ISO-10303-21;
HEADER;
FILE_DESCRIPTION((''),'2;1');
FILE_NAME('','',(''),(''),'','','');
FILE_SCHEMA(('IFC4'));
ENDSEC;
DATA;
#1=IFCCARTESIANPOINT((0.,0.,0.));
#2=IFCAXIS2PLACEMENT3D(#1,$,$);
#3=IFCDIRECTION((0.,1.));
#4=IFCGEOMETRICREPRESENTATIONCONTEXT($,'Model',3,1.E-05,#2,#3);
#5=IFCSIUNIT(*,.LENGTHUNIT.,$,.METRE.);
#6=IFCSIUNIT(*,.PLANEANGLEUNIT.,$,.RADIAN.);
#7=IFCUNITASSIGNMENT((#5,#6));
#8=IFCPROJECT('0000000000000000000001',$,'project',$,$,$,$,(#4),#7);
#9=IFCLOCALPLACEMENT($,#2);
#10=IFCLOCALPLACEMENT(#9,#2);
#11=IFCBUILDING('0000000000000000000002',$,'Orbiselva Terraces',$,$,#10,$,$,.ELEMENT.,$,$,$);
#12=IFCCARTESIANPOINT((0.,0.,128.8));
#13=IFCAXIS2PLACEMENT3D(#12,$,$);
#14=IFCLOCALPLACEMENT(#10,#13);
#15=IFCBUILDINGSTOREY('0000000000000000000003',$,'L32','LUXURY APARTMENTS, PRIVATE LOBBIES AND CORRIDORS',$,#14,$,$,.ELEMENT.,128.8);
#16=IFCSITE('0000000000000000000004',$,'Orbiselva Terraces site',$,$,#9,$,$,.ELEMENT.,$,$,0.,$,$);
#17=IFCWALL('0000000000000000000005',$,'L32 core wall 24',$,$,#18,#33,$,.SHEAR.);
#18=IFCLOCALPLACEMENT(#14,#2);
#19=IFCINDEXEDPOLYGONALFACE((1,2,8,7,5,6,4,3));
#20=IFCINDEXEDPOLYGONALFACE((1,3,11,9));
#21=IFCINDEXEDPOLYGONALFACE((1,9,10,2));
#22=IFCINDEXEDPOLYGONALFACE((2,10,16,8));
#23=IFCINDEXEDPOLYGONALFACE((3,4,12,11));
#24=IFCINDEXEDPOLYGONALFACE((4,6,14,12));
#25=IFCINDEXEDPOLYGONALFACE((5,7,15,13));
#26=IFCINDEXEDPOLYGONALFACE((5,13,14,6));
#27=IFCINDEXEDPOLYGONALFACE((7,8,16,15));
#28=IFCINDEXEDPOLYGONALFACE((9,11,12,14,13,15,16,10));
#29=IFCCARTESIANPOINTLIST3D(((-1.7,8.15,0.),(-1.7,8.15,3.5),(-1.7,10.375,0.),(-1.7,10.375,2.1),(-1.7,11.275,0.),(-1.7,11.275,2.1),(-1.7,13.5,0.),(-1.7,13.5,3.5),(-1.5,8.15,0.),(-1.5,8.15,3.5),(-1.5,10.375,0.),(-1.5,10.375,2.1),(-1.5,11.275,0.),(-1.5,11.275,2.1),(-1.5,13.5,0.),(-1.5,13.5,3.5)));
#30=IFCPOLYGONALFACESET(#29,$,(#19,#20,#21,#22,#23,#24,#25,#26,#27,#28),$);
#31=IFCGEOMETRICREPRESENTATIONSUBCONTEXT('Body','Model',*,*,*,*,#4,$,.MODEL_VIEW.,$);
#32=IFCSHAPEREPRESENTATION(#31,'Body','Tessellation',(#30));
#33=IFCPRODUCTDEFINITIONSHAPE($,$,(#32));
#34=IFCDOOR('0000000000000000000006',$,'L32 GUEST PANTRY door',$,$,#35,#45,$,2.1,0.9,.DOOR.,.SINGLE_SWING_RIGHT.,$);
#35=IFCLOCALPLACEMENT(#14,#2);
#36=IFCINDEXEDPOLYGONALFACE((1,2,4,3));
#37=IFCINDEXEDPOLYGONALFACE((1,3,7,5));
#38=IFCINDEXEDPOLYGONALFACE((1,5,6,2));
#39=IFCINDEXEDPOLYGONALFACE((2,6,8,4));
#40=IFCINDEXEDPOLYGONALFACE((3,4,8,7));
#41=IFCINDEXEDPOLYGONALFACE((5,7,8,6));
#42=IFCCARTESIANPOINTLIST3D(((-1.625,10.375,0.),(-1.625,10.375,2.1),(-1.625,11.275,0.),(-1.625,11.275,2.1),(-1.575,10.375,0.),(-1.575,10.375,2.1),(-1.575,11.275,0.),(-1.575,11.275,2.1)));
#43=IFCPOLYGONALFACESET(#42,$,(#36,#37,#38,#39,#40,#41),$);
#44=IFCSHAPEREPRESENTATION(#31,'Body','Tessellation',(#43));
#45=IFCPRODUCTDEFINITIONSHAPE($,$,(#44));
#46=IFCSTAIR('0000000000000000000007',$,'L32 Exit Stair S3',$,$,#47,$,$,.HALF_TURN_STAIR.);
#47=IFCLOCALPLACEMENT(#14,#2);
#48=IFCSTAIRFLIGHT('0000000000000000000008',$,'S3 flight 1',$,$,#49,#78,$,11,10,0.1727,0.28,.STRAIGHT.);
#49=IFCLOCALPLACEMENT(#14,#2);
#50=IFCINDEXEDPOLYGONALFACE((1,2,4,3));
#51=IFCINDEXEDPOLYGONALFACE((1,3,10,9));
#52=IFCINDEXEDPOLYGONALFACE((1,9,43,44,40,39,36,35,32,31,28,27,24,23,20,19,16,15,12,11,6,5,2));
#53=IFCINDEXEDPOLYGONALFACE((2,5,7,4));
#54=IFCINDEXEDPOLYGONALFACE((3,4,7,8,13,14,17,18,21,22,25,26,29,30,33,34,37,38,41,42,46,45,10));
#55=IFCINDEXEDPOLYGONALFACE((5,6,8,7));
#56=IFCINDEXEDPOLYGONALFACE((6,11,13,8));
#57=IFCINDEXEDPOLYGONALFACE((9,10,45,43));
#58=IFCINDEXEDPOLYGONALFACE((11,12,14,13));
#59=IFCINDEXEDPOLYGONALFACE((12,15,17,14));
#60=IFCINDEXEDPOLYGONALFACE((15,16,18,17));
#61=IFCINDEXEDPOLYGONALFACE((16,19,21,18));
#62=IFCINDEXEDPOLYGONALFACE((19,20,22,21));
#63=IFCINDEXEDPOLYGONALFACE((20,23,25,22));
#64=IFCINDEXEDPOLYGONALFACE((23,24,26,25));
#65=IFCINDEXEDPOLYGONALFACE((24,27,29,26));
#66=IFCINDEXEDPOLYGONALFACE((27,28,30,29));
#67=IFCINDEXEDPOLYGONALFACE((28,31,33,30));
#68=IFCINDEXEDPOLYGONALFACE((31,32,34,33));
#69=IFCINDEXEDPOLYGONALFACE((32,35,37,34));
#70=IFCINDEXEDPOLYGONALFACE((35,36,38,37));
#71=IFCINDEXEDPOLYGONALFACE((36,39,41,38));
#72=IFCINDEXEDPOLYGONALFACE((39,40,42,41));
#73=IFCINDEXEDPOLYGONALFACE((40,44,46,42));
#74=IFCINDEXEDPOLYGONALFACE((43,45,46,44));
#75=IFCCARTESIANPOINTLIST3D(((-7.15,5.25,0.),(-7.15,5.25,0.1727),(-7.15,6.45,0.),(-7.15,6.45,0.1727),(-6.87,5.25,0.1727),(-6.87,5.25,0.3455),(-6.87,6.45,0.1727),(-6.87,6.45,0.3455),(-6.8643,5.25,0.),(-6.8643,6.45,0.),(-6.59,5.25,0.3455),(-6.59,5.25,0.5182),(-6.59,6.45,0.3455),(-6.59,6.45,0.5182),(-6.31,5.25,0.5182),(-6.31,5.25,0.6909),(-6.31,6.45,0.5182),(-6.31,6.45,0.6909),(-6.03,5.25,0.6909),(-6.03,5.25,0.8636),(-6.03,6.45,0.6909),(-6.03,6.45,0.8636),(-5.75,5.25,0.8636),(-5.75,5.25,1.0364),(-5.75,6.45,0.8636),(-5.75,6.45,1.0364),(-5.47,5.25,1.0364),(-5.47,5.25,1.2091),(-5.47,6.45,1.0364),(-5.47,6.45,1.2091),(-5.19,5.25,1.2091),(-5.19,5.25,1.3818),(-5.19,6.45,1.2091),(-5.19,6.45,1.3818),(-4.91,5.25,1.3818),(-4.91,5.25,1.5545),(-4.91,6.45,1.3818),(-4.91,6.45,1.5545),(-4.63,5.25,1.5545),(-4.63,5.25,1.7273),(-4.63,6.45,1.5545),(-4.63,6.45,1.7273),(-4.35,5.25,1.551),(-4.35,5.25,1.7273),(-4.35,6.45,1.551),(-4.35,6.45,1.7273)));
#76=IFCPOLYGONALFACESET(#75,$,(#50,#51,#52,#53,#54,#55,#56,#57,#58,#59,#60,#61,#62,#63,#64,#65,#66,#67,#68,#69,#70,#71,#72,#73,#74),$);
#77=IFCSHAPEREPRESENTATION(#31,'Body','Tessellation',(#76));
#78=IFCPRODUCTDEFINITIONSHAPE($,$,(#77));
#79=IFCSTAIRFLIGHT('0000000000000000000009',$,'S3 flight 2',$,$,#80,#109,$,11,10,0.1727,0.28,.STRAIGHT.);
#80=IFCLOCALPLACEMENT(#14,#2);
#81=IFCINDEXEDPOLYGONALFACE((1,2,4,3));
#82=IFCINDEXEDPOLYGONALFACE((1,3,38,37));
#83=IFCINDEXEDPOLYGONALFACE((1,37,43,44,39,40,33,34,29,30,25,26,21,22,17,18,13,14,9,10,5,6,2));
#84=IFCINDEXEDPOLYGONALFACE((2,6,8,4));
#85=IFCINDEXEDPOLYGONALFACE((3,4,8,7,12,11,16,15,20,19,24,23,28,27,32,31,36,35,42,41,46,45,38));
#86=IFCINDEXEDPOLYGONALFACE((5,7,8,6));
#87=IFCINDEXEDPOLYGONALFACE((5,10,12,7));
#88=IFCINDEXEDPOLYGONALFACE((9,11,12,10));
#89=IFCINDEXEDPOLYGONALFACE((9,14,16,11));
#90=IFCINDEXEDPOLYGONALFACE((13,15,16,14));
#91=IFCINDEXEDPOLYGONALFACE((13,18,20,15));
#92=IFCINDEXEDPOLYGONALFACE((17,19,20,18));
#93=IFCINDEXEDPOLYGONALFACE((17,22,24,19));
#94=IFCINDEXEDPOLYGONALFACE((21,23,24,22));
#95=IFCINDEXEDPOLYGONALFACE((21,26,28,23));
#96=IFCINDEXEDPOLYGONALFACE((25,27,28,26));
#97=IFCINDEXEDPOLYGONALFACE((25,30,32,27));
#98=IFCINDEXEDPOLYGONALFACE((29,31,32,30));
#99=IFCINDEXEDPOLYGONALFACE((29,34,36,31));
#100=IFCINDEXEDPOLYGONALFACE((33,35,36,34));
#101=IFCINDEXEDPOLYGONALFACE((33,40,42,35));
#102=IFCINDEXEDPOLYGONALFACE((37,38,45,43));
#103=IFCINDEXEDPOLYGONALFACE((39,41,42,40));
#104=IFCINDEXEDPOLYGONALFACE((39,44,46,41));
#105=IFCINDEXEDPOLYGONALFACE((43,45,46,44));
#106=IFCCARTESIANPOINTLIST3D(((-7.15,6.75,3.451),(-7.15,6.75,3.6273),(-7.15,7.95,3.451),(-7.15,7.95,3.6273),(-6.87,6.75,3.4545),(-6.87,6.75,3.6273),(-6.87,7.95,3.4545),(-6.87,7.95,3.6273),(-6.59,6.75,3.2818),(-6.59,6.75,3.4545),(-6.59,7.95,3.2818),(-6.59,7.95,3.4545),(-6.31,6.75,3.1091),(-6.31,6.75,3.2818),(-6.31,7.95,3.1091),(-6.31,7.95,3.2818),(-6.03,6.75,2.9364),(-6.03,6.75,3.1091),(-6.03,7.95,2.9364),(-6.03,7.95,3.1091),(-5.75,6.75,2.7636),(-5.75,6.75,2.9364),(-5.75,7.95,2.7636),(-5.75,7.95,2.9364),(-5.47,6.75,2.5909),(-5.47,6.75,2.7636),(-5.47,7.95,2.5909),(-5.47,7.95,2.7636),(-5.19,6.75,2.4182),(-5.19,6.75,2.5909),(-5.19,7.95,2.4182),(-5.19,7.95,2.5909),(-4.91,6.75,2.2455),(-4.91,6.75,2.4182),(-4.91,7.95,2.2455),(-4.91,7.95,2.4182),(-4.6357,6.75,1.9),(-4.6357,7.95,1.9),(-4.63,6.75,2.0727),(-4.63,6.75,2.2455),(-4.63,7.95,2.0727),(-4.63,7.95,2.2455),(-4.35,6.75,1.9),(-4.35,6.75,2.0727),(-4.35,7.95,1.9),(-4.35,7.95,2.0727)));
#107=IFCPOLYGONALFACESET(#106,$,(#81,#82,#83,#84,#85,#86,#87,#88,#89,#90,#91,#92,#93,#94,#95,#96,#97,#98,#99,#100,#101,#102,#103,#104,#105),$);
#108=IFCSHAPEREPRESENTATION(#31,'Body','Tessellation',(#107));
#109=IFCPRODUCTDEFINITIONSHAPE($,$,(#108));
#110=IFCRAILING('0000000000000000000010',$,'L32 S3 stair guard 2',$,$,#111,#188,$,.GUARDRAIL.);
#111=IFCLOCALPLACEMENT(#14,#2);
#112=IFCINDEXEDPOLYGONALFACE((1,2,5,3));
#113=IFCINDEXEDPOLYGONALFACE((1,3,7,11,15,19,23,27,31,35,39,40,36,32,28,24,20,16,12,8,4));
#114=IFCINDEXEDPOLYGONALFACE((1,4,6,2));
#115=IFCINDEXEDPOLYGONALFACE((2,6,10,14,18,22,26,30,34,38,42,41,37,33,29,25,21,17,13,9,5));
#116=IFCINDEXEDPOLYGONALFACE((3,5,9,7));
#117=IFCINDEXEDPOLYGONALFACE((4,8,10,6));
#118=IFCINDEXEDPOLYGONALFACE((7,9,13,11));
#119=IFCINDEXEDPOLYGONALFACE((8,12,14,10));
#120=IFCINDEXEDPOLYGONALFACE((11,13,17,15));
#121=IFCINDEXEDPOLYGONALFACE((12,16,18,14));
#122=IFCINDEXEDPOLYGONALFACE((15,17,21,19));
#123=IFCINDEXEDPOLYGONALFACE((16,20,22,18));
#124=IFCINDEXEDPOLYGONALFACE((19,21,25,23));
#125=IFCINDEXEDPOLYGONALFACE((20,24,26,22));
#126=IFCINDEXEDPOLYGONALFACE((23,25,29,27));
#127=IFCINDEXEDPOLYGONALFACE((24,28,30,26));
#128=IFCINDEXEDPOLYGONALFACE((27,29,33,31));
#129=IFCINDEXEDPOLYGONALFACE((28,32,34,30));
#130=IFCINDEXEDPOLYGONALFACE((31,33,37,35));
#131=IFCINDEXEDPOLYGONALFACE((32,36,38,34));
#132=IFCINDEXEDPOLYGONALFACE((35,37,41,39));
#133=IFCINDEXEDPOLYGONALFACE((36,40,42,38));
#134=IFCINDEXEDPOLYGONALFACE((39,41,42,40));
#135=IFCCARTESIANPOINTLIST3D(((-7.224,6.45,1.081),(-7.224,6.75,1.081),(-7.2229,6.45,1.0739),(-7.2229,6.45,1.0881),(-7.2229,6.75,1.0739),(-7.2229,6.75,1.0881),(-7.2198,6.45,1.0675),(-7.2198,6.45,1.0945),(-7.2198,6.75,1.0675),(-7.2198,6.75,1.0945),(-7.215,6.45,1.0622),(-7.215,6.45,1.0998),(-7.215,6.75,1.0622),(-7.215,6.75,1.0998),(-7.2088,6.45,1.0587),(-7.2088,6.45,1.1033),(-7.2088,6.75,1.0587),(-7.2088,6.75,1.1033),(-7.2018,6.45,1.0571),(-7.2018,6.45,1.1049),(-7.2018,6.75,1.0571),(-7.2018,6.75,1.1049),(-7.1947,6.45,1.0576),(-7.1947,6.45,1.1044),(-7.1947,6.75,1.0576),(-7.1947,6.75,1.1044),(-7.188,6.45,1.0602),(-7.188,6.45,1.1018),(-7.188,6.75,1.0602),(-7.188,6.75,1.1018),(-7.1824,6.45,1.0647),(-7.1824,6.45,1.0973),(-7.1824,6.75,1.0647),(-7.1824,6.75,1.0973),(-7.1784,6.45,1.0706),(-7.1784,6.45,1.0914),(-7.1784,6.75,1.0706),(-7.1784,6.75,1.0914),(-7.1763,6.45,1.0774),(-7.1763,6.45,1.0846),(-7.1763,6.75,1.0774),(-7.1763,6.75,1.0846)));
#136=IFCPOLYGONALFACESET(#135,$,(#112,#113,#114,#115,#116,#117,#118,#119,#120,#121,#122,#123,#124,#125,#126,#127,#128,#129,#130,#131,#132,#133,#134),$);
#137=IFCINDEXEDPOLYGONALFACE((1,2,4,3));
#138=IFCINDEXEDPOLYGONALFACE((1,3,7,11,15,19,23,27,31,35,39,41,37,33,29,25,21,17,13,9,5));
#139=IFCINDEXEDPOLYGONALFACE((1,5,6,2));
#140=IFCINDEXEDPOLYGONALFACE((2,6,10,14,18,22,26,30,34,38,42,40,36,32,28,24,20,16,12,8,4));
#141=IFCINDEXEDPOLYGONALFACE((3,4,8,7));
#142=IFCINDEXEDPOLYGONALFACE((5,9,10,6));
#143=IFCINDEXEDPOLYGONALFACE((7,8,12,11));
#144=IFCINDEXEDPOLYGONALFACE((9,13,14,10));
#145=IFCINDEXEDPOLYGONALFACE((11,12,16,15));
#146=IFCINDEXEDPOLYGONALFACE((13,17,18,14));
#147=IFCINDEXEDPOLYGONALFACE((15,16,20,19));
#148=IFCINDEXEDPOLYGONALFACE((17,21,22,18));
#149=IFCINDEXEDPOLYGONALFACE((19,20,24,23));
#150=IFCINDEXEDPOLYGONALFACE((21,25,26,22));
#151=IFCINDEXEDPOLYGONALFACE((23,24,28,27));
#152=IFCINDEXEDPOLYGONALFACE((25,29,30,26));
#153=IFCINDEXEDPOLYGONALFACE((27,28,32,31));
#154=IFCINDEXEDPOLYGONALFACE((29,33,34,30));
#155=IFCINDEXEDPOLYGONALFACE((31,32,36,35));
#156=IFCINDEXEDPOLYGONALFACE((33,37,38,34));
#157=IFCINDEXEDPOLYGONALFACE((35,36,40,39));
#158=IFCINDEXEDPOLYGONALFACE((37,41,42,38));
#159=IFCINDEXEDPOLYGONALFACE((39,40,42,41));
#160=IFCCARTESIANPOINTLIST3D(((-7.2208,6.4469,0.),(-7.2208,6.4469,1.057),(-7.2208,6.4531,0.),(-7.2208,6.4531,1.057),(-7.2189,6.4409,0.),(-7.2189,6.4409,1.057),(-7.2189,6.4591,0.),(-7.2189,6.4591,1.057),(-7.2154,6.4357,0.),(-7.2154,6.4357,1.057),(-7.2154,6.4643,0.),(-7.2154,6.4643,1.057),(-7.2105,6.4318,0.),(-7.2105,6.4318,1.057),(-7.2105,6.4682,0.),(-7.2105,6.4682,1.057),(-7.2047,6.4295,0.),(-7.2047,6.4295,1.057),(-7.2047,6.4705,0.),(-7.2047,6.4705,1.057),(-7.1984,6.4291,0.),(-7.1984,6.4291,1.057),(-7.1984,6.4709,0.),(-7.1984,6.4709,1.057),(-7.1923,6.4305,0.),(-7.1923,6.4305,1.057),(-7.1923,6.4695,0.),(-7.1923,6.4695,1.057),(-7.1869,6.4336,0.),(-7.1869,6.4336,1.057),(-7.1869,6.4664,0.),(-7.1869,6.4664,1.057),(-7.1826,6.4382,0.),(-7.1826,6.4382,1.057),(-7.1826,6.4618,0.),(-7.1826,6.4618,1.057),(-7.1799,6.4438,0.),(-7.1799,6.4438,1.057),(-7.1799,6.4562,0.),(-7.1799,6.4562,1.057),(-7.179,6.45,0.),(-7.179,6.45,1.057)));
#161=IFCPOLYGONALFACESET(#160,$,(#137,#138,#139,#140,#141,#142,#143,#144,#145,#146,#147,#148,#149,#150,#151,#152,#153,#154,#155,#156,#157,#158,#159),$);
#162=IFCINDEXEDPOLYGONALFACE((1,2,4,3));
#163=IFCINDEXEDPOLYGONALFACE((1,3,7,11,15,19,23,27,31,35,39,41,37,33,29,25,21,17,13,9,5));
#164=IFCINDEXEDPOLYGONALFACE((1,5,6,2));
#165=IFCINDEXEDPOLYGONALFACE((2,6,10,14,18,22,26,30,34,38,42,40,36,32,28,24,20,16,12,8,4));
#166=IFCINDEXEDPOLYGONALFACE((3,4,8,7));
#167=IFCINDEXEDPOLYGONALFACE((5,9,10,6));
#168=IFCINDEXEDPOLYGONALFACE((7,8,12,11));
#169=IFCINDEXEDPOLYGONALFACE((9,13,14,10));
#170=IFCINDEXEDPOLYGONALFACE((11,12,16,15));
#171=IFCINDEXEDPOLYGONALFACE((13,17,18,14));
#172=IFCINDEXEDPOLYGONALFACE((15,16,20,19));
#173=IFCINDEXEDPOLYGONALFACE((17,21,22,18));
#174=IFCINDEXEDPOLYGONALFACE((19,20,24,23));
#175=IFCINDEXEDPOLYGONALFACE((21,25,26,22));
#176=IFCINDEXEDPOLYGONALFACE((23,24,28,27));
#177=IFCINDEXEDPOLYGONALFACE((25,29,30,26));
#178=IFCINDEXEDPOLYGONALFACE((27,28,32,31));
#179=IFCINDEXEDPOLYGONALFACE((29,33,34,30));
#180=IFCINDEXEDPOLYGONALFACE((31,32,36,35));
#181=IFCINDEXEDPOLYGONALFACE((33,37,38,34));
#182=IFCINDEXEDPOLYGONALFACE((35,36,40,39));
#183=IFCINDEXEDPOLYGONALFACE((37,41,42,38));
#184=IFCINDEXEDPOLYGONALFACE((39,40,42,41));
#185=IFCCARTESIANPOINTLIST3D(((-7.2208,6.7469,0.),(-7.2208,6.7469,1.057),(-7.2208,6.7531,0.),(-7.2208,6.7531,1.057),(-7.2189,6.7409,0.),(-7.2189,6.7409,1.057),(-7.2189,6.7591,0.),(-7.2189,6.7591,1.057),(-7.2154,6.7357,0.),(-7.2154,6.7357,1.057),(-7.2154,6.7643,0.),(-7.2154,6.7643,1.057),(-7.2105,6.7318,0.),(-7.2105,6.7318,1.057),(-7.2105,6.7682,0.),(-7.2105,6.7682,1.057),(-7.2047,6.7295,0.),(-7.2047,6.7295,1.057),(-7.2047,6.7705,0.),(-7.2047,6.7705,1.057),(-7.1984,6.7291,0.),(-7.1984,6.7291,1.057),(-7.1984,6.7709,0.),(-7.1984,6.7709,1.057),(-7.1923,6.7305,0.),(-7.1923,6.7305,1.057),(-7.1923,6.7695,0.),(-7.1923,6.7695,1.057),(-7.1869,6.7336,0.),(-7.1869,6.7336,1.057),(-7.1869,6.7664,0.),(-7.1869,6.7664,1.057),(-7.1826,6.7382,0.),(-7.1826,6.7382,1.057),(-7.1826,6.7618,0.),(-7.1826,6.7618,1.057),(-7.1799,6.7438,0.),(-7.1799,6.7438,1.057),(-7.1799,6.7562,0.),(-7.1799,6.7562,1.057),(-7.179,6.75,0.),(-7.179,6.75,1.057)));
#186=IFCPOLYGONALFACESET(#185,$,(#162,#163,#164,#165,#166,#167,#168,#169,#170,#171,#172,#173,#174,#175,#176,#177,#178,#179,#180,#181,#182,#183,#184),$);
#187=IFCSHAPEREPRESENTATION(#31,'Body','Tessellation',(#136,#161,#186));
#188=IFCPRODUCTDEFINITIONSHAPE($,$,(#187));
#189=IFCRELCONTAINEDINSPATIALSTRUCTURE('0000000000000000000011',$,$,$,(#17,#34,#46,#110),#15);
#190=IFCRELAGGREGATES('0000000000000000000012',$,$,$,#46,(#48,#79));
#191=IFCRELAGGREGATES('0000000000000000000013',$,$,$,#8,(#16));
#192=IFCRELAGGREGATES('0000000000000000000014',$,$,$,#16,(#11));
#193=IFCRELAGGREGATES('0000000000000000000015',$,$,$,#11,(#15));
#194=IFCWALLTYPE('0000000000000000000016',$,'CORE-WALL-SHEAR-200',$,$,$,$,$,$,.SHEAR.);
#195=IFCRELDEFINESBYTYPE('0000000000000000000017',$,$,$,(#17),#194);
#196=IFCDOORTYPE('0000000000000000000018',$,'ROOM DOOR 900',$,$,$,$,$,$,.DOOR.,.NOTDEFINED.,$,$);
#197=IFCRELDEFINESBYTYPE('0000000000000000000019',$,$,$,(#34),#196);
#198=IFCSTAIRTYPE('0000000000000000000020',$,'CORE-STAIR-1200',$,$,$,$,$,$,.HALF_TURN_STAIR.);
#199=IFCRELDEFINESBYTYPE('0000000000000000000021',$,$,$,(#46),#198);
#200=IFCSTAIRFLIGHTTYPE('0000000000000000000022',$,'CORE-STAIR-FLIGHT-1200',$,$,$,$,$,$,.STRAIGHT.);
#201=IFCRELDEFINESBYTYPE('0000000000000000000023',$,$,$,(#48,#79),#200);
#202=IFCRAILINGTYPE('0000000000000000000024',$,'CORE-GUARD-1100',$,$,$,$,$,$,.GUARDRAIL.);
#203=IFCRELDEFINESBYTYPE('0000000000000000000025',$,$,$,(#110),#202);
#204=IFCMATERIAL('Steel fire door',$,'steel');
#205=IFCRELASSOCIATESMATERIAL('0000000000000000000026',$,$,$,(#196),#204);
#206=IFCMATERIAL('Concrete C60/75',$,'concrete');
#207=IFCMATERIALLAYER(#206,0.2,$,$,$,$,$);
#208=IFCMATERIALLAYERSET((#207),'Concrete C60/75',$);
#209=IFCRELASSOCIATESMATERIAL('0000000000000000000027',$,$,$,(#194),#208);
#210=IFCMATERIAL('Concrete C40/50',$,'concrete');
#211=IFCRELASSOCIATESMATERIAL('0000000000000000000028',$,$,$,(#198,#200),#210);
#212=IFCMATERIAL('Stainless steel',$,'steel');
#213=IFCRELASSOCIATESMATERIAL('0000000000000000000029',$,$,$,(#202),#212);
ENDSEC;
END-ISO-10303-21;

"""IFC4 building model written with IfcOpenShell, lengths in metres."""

from ifc_helpers import new_model, si_unit, direction, frame, frame_2d, origin, origin_2d, place, context, subcontext, project, spatial, polyline, rectangle, circle, outline, extrude, material, layer, layer_set, type_object, element, fill, aggregate, save


model = new_model("IFC4")

# Units and contexts
model_context = context("Model", 3, precision=1e-05, world=origin(), true_north=direction((0.0, 1.0)))
body_context = subcontext(model_context, "Body", "Model", "MODEL_VIEW")
ifc_project = project(units=[si_unit("LENGTHUNIT", "METRE"), si_unit("PLANEANGLEUNIT", "RADIAN")], contexts=[model_context])

# Site, building, storey
site_placement = place(None, origin())
site = spatial("IfcSite", under=ifc_project, at=site_placement, Name="Orbiselva Terraces site", CompositionType="ELEMENT", RefElevation=0.0)
building_placement = place(site_placement, origin())
building = spatial("IfcBuilding", under=site, at=building_placement, Name="Orbiselva Terraces", CompositionType="ELEMENT")
storey_placement = place(building_placement, frame((0.0, 0.0, 128.8)))
storey = spatial("IfcBuildingStorey", under=building, at=storey_placement, Name="L32", Description="LUXURY APARTMENTS, PRIVATE LOBBIES AND CORRIDORS", CompositionType="ELEMENT", Elevation=128.8)

# Shared definitions
ifc_material_1 = material(Name="Steel fire door", Category="steel")
door_type = type_object("IfcDoorType", Name="ROOM DOOR 900", OperationType="NOTDEFINED", PredefinedType="DOOR", material=ifc_material_1)

# Shared definitions
ifc_material_2 = material(Name="Concrete C60/75", Category="concrete")
ifc_layer_1 = layer(ifc_material_2, 0.2)
ifc_layer_set_1 = layer_set([ifc_layer_1], Name="Concrete C60/75")
wall_type_1 = type_object("IfcWallType", Name="CORE-WALL-SHEAR-200", PredefinedType="SHEAR", material=ifc_layer_set_1)

# Wall, opening, door
wall_1_placement = place(storey_placement, frame((-1.6, 8.15, 0.0), z_axis=(0.0, 0.0, 1.0), x_axis=(0.0, 1.0, 0.0)))
wall_1 = element("IfcWall", 1, at=wall_1_placement, inside=storey, type_object=wall_type_1, Name="L32 core wall 24", PredefinedType="SHEAR", context=body_context, shape_type="SweptSolid", body=[
    extrude(rectangle(XDim=5.35, YDim=0.2, at=frame_2d((2.675, 0.0))), origin(), (0.0, 0.0, 1.0), 3.5),
])
opening_1_placement = place(wall_1_placement, frame((2.225, 0.0, 0.0)))
opening_1 = element("IfcOpeningElement", 2, at=opening_1_placement, cuts=wall_1, PredefinedType="OPENING", context=body_context, shape_type="SweptSolid", body=[
    extrude(rectangle(XDim=0.9, YDim=2.1, at=frame_2d((0.45, 1.05))), frame((0.0, 0.11, 0.0), z_axis=(0.0, -1.0, 0.0), x_axis=(1.0, 0.0, 0.0)), (0.0, 0.0, 1.0), 0.22),
])
door_1_placement = place(opening_1_placement, origin())
door_1 = element("IfcDoor", 3, at=door_1_placement, inside=storey, type_object=door_type, Name="L32 GUEST PANTRY door", OperationType="SINGLE_SWING_RIGHT", OverallHeight=2.1, OverallWidth=0.9, PredefinedType="DOOR", context=body_context, shape_type="SweptSolid", body=[
    extrude(rectangle(XDim=0.9, YDim=2.1, at=frame_2d((0.45, 1.05))), frame((0.0, 0.025, 0.0), z_axis=(0.0, -1.0, 0.0), x_axis=(1.0, 0.0, 0.0)), (0.0, 0.0, 1.0), 0.05),
])
fill(opening_1, door_1)

# Stair, stair flights
ifc_material_3 = material(Name="Concrete C40/50", Category="concrete")
stair_type = type_object("IfcStairType", Name="CORE-STAIR-1200", PredefinedType="HALF_TURN_STAIR", material=ifc_material_3)
stair_placement = place(storey_placement, origin())
stair = element("IfcStair", 4, at=stair_placement, inside=storey, type_object=stair_type, Name="L32 Exit Stair S3", PredefinedType="HALF_TURN_STAIR")
stair_flight_type = type_object("IfcStairFlightType", Name="CORE-STAIR-FLIGHT-1200", PredefinedType="STRAIGHT", material=ifc_material_3)
stair_flight_1_placement = place(storey_placement, frame((-7.15, 5.85, 0.0), z_axis=(0.0, 0.0, 1.0), x_axis=(1.0, 0.0, 0.0)))
stair_flight_1 = element("IfcStairFlight", 5, at=stair_flight_1_placement, type_object=stair_flight_type, Name="S3 flight 1", NumberOfRisers=11, NumberOfTreads=10, PredefinedType="STRAIGHT", RiserHeight=0.1727, TreadLength=0.28, context=body_context, shape_type="SweptSolid", body=[
    extrude(outline(polyline([(0.0, 0.0), (0.0, 0.1727), (0.28, 0.1727), (0.28, 0.3455), (0.56, 0.3455), (0.56, 0.5182), (0.84, 0.5182), (0.84, 0.6909), (1.12, 0.6909), (1.12, 0.8636), (1.4, 0.8636), (1.4, 1.0364), (1.68, 1.0364), (1.68, 1.2091), (1.96, 1.2091), (1.96, 1.3818), (2.24, 1.3818), (2.24, 1.5545), (2.52, 1.5545), (2.52, 1.7273), (2.8, 1.7273), (2.8, 1.9), (2.8, 1.551), (0.2857, 0.0), (0.0, 0.0)])), frame((0.0, 0.6, 0.0), z_axis=(0.0, -1.0, 0.0), x_axis=(1.0, 0.0, 0.0)), (0.0, 0.0, 1.0), 1.2),
])
stair_flight_2_placement = place(storey_placement, frame((-4.35, 7.35, 1.9), z_axis=(0.0, 0.0, 1.0), x_axis=(-1.0, 0.0, 0.0)))
stair_flight_2 = element("IfcStairFlight", 6, at=stair_flight_2_placement, type_object=stair_flight_type, Name="S3 flight 2", NumberOfRisers=11, NumberOfTreads=10, PredefinedType="STRAIGHT", RiserHeight=0.1727, TreadLength=0.28, context=body_context, shape_type="SweptSolid", body=[
    extrude(outline(polyline([(0.0, 0.0), (0.0, 0.1727), (0.28, 0.1727), (0.28, 0.3455), (0.56, 0.3455), (0.56, 0.5182), (0.84, 0.5182), (0.84, 0.6909), (1.12, 0.6909), (1.12, 0.8636), (1.4, 0.8636), (1.4, 1.0364), (1.68, 1.0364), (1.68, 1.2091), (1.96, 1.2091), (1.96, 1.3818), (2.24, 1.3818), (2.24, 1.5545), (2.52, 1.5545), (2.52, 1.7273), (2.8, 1.7273), (2.8, 1.9), (2.8, 1.551), (0.2857, 0.0), (0.0, 0.0)])), frame((0.0, 0.6, 0.0), z_axis=(0.0, -1.0, 0.0), x_axis=(1.0, 0.0, 0.0)), (0.0, 0.0, 1.0), 1.2),
])
aggregate(stair, [stair_flight_1, stair_flight_2])

# Railing
ifc_material_4 = material(Name="Stainless steel", Category="steel")
railing_type_1 = type_object("IfcRailingType", Name="CORE-GUARD-1100", PredefinedType="GUARDRAIL", material=ifc_material_4)
railing_1_placement = place(storey_placement, frame((-7.2, 6.45, 0.0)))
element("IfcRailing", 7, at=railing_1_placement, inside=storey, type_object=railing_type_1, Name="L32 S3 stair guard 2", PredefinedType="GUARDRAIL", context=body_context, shape_type="SweptSolid", body=[
    extrude(circle(Radius=0.024, at=origin_2d()), frame((0.0, 0.0, 1.081), z_axis=(0.0, 1.0, 0.0), x_axis=(-1.0, 0.0, 0.0)), (0.0, 0.0, 1.0), 0.3),
    extrude(circle(Radius=0.021, at=origin_2d()), origin(), (0.0, 0.0, 1.0), 1.057),
    extrude(circle(Radius=0.021, at=origin_2d()), frame((0.0, 0.3, 0.0)), (0.0, 0.0, 1.0), 1.057),
])

save(model, "model.ifc")
